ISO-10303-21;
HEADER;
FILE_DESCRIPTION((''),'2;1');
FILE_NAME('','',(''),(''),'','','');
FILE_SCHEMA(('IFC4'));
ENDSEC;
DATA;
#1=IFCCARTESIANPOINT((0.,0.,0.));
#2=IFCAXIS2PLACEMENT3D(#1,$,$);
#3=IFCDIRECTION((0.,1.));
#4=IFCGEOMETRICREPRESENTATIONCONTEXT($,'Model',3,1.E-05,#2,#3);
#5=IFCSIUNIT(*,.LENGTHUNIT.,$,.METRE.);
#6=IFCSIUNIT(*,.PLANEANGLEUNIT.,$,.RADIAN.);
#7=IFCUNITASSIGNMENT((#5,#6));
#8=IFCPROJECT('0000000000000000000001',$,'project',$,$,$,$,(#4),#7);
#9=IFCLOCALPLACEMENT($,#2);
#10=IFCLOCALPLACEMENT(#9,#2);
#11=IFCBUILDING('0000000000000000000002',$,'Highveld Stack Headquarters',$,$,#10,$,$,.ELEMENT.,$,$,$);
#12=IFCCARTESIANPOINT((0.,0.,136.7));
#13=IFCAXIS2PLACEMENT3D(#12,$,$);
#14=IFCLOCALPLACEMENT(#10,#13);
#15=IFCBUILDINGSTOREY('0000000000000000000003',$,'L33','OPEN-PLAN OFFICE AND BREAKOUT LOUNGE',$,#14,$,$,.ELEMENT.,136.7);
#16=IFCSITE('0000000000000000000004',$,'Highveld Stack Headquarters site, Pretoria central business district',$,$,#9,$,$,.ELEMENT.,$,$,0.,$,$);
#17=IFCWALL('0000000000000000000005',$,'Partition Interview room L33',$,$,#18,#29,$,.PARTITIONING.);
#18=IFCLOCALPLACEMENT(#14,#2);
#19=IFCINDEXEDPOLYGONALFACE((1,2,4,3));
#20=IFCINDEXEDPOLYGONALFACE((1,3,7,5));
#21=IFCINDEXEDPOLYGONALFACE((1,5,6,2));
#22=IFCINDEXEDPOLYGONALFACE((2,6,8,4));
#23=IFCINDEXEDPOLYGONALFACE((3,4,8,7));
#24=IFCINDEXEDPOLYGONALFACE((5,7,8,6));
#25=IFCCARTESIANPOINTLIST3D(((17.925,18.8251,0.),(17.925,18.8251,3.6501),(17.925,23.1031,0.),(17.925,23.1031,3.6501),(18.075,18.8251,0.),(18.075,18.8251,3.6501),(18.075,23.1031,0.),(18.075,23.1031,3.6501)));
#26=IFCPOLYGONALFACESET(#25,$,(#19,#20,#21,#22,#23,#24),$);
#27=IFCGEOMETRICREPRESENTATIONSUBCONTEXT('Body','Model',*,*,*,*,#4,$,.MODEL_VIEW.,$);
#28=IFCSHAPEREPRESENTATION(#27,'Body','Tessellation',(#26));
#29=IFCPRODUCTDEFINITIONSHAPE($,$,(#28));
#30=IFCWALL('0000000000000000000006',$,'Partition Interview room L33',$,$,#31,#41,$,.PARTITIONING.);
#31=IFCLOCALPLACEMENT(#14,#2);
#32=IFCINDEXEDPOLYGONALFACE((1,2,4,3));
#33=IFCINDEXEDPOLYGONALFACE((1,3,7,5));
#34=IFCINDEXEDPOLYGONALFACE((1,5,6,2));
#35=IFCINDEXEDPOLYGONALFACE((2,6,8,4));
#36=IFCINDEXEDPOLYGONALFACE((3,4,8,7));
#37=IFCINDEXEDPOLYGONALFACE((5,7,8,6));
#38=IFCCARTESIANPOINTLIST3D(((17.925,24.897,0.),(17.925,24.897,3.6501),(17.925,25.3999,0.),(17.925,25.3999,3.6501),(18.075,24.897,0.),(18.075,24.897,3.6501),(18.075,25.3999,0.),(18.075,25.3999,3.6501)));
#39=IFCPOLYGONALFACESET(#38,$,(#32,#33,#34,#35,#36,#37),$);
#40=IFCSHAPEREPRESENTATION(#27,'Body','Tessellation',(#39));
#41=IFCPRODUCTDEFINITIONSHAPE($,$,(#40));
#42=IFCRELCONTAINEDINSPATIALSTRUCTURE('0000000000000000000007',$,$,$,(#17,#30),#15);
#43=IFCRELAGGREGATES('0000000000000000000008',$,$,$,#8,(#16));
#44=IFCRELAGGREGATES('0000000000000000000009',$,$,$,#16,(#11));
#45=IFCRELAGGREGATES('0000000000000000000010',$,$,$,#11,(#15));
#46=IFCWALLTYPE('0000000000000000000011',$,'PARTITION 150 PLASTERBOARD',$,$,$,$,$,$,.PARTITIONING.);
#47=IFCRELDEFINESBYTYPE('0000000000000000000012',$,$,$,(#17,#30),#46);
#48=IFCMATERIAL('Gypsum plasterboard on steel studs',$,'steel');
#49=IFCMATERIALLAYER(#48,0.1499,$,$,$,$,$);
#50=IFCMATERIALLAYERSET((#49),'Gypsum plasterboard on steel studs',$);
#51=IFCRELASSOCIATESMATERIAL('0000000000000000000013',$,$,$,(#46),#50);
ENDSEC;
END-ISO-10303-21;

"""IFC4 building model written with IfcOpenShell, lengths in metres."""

from ifc_helpers import new_model, si_unit, direction, frame, frame_2d, origin, place, context, subcontext, project, spatial, rectangle, extrude, material, layer, layer_set, type_object, element, save


model = new_model("IFC4")

# Units and contexts
model_context = context("Model", 3, precision=1e-05, world=origin(), true_north=direction((0.0, 1.0)))
body_context = subcontext(model_context, "Body", "Model", "MODEL_VIEW")
ifc_project = project(units=[si_unit("LENGTHUNIT", "METRE"), si_unit("PLANEANGLEUNIT", "RADIAN")], contexts=[model_context])

# Site, building, storey
site_placement = place(None, origin())
site = spatial("IfcSite", under=ifc_project, at=site_placement, Name="Highveld Stack Headquarters site, Pretoria central business district", CompositionType="ELEMENT", RefElevation=0.0)
building_placement = place(site_placement, origin())
building = spatial("IfcBuilding", under=site, at=building_placement, Name="Highveld Stack Headquarters", CompositionType="ELEMENT")
storey_placement = place(building_placement, frame((0.0, 0.0, 136.7)))
storey = spatial("IfcBuildingStorey", under=building, at=storey_placement, Name="L33", Description="OPEN-PLAN OFFICE AND BREAKOUT LOUNGE", CompositionType="ELEMENT", Elevation=136.7)

# Walls
ifc_material_1 = material(Name="Gypsum plasterboard on steel studs", Category="steel")
ifc_layer_1 = layer(ifc_material_1, 0.1499)
ifc_layer_set_1 = layer_set([ifc_layer_1], Name="Gypsum plasterboard on steel studs")
wall_type = type_object("IfcWallType", Name="PARTITION 150 PLASTERBOARD", PredefinedType="PARTITIONING", material=ifc_layer_set_1)
wall_1_placement = place(storey_placement, frame((18.0, 18.825, 0.0), z_axis=(0.0, 0.0, 1.0), x_axis=(0.0, 1.0, 0.0)))
element("IfcWall", 1, at=wall_1_placement, inside=storey, type_object=wall_type, Name="Partition Interview room L33", PredefinedType="PARTITIONING", context=body_context, shape_type="SweptSolid", body=[
    extrude(rectangle(XDim=4.2781, YDim=0.1499, at=frame_2d((2.1392, 0.0))), origin(), (0.0, 0.0, 1.0), 3.6501),
])
wall_2_placement = place(storey_placement, frame((18.0, 24.897, 0.0), z_axis=(0.0, 0.0, 1.0), x_axis=(0.0, 1.0, 0.0)))
element("IfcWall", 2, at=wall_2_placement, inside=storey, type_object=wall_type, Name="Partition Interview room L33", PredefinedType="PARTITIONING", context=body_context, shape_type="SweptSolid", body=[
    extrude(rectangle(XDim=0.5029, YDim=0.1499, at=frame_2d((0.2515, 0.0))), origin(), (0.0, 0.0, 1.0), 3.6501),
])

save(model, "model.ifc")
